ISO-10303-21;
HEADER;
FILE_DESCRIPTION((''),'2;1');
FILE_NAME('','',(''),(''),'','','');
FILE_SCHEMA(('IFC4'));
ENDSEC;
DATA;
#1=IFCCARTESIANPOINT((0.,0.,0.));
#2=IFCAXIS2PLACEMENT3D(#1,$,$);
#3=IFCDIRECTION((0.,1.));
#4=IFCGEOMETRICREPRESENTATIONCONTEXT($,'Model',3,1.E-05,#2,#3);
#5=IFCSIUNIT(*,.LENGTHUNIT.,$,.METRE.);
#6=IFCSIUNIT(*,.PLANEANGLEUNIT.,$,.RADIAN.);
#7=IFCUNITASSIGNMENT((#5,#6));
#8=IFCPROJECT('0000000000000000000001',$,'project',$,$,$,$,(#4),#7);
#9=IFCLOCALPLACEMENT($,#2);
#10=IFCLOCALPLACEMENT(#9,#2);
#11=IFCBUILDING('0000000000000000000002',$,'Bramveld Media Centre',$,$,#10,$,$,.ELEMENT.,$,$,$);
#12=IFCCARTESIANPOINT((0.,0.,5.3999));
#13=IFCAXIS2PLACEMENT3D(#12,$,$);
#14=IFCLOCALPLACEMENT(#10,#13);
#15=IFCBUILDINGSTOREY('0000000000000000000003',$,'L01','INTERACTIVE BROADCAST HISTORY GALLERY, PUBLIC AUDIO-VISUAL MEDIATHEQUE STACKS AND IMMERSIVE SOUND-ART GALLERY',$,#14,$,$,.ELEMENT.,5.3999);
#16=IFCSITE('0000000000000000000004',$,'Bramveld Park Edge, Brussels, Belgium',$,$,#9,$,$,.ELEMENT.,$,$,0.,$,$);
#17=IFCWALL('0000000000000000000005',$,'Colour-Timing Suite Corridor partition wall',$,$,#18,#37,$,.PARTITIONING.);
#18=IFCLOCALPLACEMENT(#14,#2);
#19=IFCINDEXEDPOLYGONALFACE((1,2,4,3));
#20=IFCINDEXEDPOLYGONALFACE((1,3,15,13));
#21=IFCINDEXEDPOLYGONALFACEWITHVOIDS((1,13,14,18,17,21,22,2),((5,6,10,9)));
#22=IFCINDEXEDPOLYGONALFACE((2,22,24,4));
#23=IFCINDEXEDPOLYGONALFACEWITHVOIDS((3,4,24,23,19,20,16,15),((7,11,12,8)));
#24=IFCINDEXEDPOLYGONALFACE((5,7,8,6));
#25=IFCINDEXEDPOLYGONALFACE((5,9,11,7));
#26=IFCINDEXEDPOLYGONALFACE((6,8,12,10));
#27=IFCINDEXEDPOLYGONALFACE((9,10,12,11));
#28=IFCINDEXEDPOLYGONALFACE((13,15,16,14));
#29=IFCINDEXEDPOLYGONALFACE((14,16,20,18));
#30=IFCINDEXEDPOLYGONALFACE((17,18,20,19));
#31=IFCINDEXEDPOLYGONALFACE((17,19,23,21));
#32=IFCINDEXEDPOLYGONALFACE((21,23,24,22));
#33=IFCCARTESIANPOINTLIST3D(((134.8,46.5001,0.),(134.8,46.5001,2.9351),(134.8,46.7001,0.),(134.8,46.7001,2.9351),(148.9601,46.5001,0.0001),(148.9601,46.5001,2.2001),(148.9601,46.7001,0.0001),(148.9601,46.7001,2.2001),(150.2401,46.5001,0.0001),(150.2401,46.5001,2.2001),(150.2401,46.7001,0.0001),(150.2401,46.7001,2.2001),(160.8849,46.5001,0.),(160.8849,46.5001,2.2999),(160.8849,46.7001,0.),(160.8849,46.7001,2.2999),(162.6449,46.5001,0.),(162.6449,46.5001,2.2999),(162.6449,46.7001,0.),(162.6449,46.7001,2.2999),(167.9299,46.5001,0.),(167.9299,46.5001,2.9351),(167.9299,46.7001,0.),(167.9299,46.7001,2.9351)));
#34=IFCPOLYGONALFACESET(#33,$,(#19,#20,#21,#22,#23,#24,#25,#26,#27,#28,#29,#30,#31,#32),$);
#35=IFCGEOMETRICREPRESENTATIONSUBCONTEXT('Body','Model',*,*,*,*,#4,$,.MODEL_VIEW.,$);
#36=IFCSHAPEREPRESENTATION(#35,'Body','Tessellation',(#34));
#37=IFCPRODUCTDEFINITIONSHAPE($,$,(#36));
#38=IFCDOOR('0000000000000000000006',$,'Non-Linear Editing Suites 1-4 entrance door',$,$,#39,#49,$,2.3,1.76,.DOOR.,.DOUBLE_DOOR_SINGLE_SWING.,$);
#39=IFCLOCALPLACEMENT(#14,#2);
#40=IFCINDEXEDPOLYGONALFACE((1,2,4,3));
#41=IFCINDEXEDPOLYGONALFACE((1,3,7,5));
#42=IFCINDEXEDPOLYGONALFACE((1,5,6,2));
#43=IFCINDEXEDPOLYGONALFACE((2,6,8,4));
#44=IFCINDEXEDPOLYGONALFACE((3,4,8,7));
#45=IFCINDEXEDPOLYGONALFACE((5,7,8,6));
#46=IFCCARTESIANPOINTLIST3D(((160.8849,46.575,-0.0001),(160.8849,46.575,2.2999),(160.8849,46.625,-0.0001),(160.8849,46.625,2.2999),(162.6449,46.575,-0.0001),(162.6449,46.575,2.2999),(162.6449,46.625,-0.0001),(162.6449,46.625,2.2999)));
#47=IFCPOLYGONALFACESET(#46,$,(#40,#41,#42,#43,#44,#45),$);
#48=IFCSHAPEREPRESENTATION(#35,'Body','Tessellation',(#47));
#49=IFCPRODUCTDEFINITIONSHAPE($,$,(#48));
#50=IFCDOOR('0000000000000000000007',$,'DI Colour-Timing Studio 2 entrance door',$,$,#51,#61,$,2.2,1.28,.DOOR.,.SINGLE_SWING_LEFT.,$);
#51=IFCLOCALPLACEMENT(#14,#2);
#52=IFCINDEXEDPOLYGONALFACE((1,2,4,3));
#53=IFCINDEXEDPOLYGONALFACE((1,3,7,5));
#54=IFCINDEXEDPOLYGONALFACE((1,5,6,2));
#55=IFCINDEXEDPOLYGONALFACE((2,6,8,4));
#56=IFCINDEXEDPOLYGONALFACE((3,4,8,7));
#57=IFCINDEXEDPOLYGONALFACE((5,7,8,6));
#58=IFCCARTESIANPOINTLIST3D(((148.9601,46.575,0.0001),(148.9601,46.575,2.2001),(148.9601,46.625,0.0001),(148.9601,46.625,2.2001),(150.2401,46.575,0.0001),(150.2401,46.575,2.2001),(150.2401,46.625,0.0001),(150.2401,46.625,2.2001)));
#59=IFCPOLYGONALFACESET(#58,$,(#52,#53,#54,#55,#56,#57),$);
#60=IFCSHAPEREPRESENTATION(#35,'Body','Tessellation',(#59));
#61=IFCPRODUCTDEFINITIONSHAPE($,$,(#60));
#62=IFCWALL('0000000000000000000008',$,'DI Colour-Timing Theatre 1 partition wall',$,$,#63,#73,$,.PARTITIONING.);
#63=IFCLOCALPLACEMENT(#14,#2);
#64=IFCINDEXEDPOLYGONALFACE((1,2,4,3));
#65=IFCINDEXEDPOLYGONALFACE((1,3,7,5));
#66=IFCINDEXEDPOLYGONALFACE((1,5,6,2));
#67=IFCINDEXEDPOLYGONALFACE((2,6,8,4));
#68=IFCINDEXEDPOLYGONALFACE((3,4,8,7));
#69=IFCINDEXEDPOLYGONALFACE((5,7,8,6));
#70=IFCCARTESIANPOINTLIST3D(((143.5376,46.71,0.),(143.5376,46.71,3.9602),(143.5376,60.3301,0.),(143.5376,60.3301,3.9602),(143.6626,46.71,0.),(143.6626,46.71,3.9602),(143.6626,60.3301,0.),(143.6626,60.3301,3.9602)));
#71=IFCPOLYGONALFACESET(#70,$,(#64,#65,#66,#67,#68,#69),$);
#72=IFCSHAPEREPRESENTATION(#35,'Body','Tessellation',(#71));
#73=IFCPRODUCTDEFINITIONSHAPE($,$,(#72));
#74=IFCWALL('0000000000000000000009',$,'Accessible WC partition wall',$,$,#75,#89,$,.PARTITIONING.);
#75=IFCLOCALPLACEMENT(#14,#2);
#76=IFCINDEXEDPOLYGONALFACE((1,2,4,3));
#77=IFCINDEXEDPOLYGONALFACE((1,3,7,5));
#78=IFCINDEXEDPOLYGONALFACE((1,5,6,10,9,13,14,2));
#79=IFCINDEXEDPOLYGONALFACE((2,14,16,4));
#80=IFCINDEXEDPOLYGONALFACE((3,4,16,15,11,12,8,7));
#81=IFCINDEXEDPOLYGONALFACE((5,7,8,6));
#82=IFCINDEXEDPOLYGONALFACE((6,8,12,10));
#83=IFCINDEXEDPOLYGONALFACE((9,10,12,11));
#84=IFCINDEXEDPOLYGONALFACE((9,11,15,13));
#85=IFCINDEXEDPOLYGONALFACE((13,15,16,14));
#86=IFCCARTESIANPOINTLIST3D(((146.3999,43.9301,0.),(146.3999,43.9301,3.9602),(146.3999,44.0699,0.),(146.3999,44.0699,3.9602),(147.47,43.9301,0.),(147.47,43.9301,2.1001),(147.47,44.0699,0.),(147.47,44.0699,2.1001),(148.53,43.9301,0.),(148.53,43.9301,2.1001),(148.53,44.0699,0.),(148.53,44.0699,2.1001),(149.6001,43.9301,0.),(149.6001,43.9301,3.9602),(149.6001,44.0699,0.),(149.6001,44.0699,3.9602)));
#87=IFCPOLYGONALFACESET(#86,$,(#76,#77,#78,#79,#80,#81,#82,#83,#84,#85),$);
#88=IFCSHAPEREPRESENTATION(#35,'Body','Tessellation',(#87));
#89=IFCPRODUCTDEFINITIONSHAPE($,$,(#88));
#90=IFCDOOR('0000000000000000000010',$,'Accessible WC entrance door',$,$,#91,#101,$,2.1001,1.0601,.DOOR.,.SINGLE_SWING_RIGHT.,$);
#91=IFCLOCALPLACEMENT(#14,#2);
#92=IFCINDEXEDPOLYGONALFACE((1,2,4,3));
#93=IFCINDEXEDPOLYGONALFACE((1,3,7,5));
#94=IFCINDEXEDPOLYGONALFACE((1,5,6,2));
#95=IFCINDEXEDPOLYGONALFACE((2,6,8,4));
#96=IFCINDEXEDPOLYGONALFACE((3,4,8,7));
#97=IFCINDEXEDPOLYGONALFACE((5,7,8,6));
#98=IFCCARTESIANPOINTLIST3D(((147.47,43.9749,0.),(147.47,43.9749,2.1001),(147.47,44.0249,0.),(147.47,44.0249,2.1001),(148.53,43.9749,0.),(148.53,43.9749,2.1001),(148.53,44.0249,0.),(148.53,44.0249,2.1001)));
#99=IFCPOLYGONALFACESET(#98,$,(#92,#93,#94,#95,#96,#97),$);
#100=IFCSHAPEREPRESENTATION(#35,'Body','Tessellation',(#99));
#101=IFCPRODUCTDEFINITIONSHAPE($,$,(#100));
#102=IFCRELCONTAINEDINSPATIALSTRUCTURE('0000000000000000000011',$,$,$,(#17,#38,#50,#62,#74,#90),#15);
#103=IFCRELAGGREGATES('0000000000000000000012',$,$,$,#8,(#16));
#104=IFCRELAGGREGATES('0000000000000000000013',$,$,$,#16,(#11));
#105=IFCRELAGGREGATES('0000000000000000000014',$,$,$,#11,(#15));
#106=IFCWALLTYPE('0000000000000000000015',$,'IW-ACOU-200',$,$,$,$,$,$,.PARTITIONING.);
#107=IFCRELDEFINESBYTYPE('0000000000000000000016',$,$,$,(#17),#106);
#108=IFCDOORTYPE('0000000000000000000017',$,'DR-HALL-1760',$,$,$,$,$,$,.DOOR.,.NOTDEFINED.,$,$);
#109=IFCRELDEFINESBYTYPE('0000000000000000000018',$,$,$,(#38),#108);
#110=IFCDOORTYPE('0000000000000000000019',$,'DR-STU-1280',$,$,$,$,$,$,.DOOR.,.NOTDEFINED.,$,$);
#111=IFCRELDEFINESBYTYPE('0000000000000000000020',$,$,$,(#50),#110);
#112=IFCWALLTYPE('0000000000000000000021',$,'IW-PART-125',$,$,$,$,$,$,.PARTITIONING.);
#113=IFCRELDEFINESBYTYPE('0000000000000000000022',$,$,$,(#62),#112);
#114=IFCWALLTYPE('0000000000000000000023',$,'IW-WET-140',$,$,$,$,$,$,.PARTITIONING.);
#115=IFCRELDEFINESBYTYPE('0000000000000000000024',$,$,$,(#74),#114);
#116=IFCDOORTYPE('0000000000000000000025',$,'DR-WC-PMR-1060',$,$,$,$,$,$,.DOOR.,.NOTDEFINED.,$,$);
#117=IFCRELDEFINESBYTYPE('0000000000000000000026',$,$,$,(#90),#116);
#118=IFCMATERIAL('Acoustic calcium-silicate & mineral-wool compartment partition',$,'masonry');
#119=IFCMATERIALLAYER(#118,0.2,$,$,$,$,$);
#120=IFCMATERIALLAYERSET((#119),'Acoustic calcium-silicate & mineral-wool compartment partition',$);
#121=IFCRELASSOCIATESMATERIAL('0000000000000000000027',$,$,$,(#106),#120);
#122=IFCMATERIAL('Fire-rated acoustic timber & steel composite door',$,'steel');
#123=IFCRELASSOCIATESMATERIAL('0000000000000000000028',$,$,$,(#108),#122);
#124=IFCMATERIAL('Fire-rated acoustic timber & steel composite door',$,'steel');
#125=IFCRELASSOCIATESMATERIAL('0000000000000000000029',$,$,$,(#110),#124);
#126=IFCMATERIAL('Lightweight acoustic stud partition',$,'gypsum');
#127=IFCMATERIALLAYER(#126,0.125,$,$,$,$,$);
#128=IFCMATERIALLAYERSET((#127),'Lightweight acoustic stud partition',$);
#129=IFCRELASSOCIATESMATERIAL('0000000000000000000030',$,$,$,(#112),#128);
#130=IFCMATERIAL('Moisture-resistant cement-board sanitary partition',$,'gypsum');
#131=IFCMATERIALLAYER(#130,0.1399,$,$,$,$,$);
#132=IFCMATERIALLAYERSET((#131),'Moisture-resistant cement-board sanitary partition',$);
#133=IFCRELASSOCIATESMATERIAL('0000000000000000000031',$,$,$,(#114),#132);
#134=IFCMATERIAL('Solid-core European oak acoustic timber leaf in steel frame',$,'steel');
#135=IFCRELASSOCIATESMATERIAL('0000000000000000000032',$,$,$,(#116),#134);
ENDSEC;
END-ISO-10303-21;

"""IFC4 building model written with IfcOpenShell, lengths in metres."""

from ifc_helpers import new_model, si_unit, direction, frame, frame_2d, origin, place, context, subcontext, project, spatial, rectangle, extrude, material, layer, layer_set, type_object, element, fill, save


model = new_model("IFC4")

# Units and contexts
model_context = context("Model", 3, precision=1e-05, world=origin(), true_north=direction((0.0, 1.0)))
body_context = subcontext(model_context, "Body", "Model", "MODEL_VIEW")
ifc_project = project(units=[si_unit("LENGTHUNIT", "METRE"), si_unit("PLANEANGLEUNIT", "RADIAN")], contexts=[model_context])

# Site, building, storey
site_placement = place(None, origin())
site = spatial("IfcSite", under=ifc_project, at=site_placement, Name="Bramveld Park Edge, Brussels, Belgium", CompositionType="ELEMENT", RefElevation=0.0)
building_placement = place(site_placement, origin())
building = spatial("IfcBuilding", under=site, at=building_placement, Name="Bramveld Media Centre", CompositionType="ELEMENT")
storey_placement = place(building_placement, frame((0.0, 0.0, 5.3999)))
storey = spatial("IfcBuildingStorey", under=building, at=storey_placement, Name="L01", Description="INTERACTIVE BROADCAST HISTORY GALLERY, PUBLIC AUDIO-VISUAL MEDIATHEQUE STACKS AND IMMERSIVE SOUND-ART GALLERY", CompositionType="ELEMENT", Elevation=5.3999)

# Wall, openings, doors
ifc_material_1 = material(Name="Acoustic calcium-silicate & mineral-wool compartment partition", Category="masonry")
ifc_layer_1 = layer(ifc_material_1, 0.2)
ifc_layer_set_1 = layer_set([ifc_layer_1], Name="Acoustic calcium-silicate & mineral-wool compartment partition")
wall_type_1 = type_object("IfcWallType", Name="IW-ACOU-200", PredefinedType="PARTITIONING", material=ifc_layer_set_1)
wall_1_placement = place(storey_placement, frame((134.8, 46.6001, 0.0), z_axis=(0.0, 0.0, 1.0), x_axis=(1.0, 0.0, 0.0)))
wall_1 = element("IfcWall", 1, at=wall_1_placement, inside=storey, type_object=wall_type_1, Name="Colour-Timing Suite Corridor partition wall", PredefinedType="PARTITIONING", context=body_context, shape_type="SweptSolid", body=[
    extrude(rectangle(XDim=33.1299, YDim=0.2, at=frame_2d((16.5649, 0.0))), origin(), (0.0, 0.0, 1.0), 2.9351),
])
opening_1_placement = place(wall_1_placement, frame((14.1599, 0.0, 0.0)))
opening_1 = element("IfcOpeningElement", 2, at=opening_1_placement, cuts=wall_1, PredefinedType="OPENING", context=body_context, shape_type="SweptSolid", body=[
    extrude(rectangle(XDim=1.28, YDim=2.2, at=frame_2d((0.6401, 1.1001))), frame((0.0, 0.1118, 0.0), z_axis=(0.0, -1.0, 0.0), x_axis=(1.0, 0.0, 0.0)), (0.0, 0.0, 1.0), 0.2239),
])
opening_2_placement = place(wall_1_placement, frame((26.085, 0.0, 0.0)))
opening_2 = element("IfcOpeningElement", 3, at=opening_2_placement, cuts=wall_1, PredefinedType="OPENING", context=body_context, shape_type="SweptSolid", body=[
    extrude(rectangle(XDim=1.76, YDim=2.3, at=frame_2d((0.8799, 1.1499))), frame((0.0, 0.1118, 0.0), z_axis=(0.0, -1.0, 0.0), x_axis=(1.0, 0.0, 0.0)), (0.0, 0.0, 1.0), 0.2239),
])
ifc_material_2 = material(Name="Fire-rated acoustic timber & steel composite door", Category="steel")
door_type_1 = type_object("IfcDoorType", Name="DR-HALL-1760", OperationType="NOTDEFINED", PredefinedType="DOOR", material=ifc_material_2)
door_1_placement = place(opening_2_placement, origin())
door_1 = element("IfcDoor", 4, at=door_1_placement, inside=storey, type_object=door_type_1, Name="Non-Linear Editing Suites 1-4 entrance door", OperationType="DOUBLE_DOOR_SINGLE_SWING", OverallHeight=2.3, OverallWidth=1.76, PredefinedType="DOOR", context=body_context, shape_type="SweptSolid", body=[
    extrude(rectangle(XDim=1.76, YDim=2.3, at=frame_2d((0.8799, 1.1499))), frame((0.0, 0.0249, 0.0), z_axis=(0.0, -1.0, 0.0), x_axis=(1.0, 0.0, 0.0)), (0.0, 0.0, 1.0), 0.05),
])
fill(opening_2, door_1)
ifc_material_3 = material(Name="Fire-rated acoustic timber & steel composite door", Category="steel")
door_type_2 = type_object("IfcDoorType", Name="DR-STU-1280", OperationType="NOTDEFINED", PredefinedType="DOOR", material=ifc_material_3)
door_2_placement = place(opening_1_placement, origin())
door_2 = element("IfcDoor", 5, at=door_2_placement, inside=storey, type_object=door_type_2, Name="DI Colour-Timing Studio 2 entrance door", OperationType="SINGLE_SWING_LEFT", OverallHeight=2.2, OverallWidth=1.28, PredefinedType="DOOR", context=body_context, shape_type="SweptSolid", body=[
    extrude(rectangle(XDim=1.28, YDim=2.2, at=frame_2d((0.6401, 1.1001))), frame((0.0, 0.0249, 0.0), z_axis=(0.0, -1.0, 0.0), x_axis=(1.0, 0.0, 0.0)), (0.0, 0.0, 1.0), 0.05),
])
fill(opening_1, door_2)

# Wall
ifc_material_4 = material(Name="Lightweight acoustic stud partition", Category="gypsum")
ifc_layer_2 = layer(ifc_material_4, 0.125)
ifc_layer_set_2 = layer_set([ifc_layer_2], Name="Lightweight acoustic stud partition")
wall_type_2 = type_object("IfcWallType", Name="IW-PART-125", PredefinedType="PARTITIONING", material=ifc_layer_set_2)
wall_2_placement = place(storey_placement, frame((143.6001, 46.71, 0.0), z_axis=(0.0, 0.0, 1.0), x_axis=(0.0, 1.0, 0.0)))
element("IfcWall", 6, at=wall_2_placement, inside=storey, type_object=wall_type_2, Name="DI Colour-Timing Theatre 1 partition wall", PredefinedType="PARTITIONING", context=body_context, shape_type="SweptSolid", body=[
    extrude(rectangle(XDim=13.6201, YDim=0.125, at=frame_2d((6.8101, 0.0))), origin(), (0.0, 0.0, 1.0), 3.9602),
])

# Wall, opening, door
ifc_material_5 = material(Name="Moisture-resistant cement-board sanitary partition", Category="gypsum")
ifc_layer_3 = layer(ifc_material_5, 0.1399)
ifc_layer_set_3 = layer_set([ifc_layer_3], Name="Moisture-resistant cement-board sanitary partition")
wall_type_3 = type_object("IfcWallType", Name="IW-WET-140", PredefinedType="PARTITIONING", material=ifc_layer_set_3)
wall_3_placement = place(storey_placement, frame((146.3999, 44.0, 0.0), z_axis=(0.0, 0.0, 1.0), x_axis=(1.0, 0.0, 0.0)))
wall_3 = element("IfcWall", 7, at=wall_3_placement, inside=storey, type_object=wall_type_3, Name="Accessible WC partition wall", PredefinedType="PARTITIONING", context=body_context, shape_type="SweptSolid", body=[
    extrude(rectangle(XDim=3.2002, YDim=0.1399, at=frame_2d((1.6001, 0.0))), origin(), (0.0, 0.0, 1.0), 3.9602),
])
opening_3_placement = place(wall_3_placement, frame((1.0701, 0.0, 0.0)))
opening_3 = element("IfcOpeningElement", 8, at=opening_3_placement, cuts=wall_3, PredefinedType="OPENING", context=body_context, shape_type="SweptSolid", body=[
    extrude(rectangle(XDim=1.0601, YDim=2.1001, at=frame_2d((0.53, 1.05))), frame((0.0, 0.082, 0.0), z_axis=(0.0, -1.0, 0.0), x_axis=(1.0, 0.0, 0.0)), (0.0, 0.0, 1.0), 0.1638),
])
ifc_material_6 = material(Name="Solid-core European oak acoustic timber leaf in steel frame", Category="steel")
door_type_3 = type_object("IfcDoorType", Name="DR-WC-PMR-1060", OperationType="NOTDEFINED", PredefinedType="DOOR", material=ifc_material_6)
door_3_placement = place(opening_3_placement, origin())
door_3 = element("IfcDoor", 9, at=door_3_placement, inside=storey, type_object=door_type_3, Name="Accessible WC entrance door", OperationType="SINGLE_SWING_RIGHT", OverallHeight=2.1001, OverallWidth=1.0601, PredefinedType="DOOR", context=body_context, shape_type="SweptSolid", body=[
    extrude(rectangle(XDim=1.0601, YDim=2.1001, at=frame_2d((0.53, 1.05))), frame((0.0, 0.0249, 0.0), z_axis=(0.0, -1.0, 0.0), x_axis=(1.0, 0.0, 0.0)), (0.0, 0.0, 1.0), 0.05),
])
fill(opening_3, door_3)

save(model, "model.ifc")
